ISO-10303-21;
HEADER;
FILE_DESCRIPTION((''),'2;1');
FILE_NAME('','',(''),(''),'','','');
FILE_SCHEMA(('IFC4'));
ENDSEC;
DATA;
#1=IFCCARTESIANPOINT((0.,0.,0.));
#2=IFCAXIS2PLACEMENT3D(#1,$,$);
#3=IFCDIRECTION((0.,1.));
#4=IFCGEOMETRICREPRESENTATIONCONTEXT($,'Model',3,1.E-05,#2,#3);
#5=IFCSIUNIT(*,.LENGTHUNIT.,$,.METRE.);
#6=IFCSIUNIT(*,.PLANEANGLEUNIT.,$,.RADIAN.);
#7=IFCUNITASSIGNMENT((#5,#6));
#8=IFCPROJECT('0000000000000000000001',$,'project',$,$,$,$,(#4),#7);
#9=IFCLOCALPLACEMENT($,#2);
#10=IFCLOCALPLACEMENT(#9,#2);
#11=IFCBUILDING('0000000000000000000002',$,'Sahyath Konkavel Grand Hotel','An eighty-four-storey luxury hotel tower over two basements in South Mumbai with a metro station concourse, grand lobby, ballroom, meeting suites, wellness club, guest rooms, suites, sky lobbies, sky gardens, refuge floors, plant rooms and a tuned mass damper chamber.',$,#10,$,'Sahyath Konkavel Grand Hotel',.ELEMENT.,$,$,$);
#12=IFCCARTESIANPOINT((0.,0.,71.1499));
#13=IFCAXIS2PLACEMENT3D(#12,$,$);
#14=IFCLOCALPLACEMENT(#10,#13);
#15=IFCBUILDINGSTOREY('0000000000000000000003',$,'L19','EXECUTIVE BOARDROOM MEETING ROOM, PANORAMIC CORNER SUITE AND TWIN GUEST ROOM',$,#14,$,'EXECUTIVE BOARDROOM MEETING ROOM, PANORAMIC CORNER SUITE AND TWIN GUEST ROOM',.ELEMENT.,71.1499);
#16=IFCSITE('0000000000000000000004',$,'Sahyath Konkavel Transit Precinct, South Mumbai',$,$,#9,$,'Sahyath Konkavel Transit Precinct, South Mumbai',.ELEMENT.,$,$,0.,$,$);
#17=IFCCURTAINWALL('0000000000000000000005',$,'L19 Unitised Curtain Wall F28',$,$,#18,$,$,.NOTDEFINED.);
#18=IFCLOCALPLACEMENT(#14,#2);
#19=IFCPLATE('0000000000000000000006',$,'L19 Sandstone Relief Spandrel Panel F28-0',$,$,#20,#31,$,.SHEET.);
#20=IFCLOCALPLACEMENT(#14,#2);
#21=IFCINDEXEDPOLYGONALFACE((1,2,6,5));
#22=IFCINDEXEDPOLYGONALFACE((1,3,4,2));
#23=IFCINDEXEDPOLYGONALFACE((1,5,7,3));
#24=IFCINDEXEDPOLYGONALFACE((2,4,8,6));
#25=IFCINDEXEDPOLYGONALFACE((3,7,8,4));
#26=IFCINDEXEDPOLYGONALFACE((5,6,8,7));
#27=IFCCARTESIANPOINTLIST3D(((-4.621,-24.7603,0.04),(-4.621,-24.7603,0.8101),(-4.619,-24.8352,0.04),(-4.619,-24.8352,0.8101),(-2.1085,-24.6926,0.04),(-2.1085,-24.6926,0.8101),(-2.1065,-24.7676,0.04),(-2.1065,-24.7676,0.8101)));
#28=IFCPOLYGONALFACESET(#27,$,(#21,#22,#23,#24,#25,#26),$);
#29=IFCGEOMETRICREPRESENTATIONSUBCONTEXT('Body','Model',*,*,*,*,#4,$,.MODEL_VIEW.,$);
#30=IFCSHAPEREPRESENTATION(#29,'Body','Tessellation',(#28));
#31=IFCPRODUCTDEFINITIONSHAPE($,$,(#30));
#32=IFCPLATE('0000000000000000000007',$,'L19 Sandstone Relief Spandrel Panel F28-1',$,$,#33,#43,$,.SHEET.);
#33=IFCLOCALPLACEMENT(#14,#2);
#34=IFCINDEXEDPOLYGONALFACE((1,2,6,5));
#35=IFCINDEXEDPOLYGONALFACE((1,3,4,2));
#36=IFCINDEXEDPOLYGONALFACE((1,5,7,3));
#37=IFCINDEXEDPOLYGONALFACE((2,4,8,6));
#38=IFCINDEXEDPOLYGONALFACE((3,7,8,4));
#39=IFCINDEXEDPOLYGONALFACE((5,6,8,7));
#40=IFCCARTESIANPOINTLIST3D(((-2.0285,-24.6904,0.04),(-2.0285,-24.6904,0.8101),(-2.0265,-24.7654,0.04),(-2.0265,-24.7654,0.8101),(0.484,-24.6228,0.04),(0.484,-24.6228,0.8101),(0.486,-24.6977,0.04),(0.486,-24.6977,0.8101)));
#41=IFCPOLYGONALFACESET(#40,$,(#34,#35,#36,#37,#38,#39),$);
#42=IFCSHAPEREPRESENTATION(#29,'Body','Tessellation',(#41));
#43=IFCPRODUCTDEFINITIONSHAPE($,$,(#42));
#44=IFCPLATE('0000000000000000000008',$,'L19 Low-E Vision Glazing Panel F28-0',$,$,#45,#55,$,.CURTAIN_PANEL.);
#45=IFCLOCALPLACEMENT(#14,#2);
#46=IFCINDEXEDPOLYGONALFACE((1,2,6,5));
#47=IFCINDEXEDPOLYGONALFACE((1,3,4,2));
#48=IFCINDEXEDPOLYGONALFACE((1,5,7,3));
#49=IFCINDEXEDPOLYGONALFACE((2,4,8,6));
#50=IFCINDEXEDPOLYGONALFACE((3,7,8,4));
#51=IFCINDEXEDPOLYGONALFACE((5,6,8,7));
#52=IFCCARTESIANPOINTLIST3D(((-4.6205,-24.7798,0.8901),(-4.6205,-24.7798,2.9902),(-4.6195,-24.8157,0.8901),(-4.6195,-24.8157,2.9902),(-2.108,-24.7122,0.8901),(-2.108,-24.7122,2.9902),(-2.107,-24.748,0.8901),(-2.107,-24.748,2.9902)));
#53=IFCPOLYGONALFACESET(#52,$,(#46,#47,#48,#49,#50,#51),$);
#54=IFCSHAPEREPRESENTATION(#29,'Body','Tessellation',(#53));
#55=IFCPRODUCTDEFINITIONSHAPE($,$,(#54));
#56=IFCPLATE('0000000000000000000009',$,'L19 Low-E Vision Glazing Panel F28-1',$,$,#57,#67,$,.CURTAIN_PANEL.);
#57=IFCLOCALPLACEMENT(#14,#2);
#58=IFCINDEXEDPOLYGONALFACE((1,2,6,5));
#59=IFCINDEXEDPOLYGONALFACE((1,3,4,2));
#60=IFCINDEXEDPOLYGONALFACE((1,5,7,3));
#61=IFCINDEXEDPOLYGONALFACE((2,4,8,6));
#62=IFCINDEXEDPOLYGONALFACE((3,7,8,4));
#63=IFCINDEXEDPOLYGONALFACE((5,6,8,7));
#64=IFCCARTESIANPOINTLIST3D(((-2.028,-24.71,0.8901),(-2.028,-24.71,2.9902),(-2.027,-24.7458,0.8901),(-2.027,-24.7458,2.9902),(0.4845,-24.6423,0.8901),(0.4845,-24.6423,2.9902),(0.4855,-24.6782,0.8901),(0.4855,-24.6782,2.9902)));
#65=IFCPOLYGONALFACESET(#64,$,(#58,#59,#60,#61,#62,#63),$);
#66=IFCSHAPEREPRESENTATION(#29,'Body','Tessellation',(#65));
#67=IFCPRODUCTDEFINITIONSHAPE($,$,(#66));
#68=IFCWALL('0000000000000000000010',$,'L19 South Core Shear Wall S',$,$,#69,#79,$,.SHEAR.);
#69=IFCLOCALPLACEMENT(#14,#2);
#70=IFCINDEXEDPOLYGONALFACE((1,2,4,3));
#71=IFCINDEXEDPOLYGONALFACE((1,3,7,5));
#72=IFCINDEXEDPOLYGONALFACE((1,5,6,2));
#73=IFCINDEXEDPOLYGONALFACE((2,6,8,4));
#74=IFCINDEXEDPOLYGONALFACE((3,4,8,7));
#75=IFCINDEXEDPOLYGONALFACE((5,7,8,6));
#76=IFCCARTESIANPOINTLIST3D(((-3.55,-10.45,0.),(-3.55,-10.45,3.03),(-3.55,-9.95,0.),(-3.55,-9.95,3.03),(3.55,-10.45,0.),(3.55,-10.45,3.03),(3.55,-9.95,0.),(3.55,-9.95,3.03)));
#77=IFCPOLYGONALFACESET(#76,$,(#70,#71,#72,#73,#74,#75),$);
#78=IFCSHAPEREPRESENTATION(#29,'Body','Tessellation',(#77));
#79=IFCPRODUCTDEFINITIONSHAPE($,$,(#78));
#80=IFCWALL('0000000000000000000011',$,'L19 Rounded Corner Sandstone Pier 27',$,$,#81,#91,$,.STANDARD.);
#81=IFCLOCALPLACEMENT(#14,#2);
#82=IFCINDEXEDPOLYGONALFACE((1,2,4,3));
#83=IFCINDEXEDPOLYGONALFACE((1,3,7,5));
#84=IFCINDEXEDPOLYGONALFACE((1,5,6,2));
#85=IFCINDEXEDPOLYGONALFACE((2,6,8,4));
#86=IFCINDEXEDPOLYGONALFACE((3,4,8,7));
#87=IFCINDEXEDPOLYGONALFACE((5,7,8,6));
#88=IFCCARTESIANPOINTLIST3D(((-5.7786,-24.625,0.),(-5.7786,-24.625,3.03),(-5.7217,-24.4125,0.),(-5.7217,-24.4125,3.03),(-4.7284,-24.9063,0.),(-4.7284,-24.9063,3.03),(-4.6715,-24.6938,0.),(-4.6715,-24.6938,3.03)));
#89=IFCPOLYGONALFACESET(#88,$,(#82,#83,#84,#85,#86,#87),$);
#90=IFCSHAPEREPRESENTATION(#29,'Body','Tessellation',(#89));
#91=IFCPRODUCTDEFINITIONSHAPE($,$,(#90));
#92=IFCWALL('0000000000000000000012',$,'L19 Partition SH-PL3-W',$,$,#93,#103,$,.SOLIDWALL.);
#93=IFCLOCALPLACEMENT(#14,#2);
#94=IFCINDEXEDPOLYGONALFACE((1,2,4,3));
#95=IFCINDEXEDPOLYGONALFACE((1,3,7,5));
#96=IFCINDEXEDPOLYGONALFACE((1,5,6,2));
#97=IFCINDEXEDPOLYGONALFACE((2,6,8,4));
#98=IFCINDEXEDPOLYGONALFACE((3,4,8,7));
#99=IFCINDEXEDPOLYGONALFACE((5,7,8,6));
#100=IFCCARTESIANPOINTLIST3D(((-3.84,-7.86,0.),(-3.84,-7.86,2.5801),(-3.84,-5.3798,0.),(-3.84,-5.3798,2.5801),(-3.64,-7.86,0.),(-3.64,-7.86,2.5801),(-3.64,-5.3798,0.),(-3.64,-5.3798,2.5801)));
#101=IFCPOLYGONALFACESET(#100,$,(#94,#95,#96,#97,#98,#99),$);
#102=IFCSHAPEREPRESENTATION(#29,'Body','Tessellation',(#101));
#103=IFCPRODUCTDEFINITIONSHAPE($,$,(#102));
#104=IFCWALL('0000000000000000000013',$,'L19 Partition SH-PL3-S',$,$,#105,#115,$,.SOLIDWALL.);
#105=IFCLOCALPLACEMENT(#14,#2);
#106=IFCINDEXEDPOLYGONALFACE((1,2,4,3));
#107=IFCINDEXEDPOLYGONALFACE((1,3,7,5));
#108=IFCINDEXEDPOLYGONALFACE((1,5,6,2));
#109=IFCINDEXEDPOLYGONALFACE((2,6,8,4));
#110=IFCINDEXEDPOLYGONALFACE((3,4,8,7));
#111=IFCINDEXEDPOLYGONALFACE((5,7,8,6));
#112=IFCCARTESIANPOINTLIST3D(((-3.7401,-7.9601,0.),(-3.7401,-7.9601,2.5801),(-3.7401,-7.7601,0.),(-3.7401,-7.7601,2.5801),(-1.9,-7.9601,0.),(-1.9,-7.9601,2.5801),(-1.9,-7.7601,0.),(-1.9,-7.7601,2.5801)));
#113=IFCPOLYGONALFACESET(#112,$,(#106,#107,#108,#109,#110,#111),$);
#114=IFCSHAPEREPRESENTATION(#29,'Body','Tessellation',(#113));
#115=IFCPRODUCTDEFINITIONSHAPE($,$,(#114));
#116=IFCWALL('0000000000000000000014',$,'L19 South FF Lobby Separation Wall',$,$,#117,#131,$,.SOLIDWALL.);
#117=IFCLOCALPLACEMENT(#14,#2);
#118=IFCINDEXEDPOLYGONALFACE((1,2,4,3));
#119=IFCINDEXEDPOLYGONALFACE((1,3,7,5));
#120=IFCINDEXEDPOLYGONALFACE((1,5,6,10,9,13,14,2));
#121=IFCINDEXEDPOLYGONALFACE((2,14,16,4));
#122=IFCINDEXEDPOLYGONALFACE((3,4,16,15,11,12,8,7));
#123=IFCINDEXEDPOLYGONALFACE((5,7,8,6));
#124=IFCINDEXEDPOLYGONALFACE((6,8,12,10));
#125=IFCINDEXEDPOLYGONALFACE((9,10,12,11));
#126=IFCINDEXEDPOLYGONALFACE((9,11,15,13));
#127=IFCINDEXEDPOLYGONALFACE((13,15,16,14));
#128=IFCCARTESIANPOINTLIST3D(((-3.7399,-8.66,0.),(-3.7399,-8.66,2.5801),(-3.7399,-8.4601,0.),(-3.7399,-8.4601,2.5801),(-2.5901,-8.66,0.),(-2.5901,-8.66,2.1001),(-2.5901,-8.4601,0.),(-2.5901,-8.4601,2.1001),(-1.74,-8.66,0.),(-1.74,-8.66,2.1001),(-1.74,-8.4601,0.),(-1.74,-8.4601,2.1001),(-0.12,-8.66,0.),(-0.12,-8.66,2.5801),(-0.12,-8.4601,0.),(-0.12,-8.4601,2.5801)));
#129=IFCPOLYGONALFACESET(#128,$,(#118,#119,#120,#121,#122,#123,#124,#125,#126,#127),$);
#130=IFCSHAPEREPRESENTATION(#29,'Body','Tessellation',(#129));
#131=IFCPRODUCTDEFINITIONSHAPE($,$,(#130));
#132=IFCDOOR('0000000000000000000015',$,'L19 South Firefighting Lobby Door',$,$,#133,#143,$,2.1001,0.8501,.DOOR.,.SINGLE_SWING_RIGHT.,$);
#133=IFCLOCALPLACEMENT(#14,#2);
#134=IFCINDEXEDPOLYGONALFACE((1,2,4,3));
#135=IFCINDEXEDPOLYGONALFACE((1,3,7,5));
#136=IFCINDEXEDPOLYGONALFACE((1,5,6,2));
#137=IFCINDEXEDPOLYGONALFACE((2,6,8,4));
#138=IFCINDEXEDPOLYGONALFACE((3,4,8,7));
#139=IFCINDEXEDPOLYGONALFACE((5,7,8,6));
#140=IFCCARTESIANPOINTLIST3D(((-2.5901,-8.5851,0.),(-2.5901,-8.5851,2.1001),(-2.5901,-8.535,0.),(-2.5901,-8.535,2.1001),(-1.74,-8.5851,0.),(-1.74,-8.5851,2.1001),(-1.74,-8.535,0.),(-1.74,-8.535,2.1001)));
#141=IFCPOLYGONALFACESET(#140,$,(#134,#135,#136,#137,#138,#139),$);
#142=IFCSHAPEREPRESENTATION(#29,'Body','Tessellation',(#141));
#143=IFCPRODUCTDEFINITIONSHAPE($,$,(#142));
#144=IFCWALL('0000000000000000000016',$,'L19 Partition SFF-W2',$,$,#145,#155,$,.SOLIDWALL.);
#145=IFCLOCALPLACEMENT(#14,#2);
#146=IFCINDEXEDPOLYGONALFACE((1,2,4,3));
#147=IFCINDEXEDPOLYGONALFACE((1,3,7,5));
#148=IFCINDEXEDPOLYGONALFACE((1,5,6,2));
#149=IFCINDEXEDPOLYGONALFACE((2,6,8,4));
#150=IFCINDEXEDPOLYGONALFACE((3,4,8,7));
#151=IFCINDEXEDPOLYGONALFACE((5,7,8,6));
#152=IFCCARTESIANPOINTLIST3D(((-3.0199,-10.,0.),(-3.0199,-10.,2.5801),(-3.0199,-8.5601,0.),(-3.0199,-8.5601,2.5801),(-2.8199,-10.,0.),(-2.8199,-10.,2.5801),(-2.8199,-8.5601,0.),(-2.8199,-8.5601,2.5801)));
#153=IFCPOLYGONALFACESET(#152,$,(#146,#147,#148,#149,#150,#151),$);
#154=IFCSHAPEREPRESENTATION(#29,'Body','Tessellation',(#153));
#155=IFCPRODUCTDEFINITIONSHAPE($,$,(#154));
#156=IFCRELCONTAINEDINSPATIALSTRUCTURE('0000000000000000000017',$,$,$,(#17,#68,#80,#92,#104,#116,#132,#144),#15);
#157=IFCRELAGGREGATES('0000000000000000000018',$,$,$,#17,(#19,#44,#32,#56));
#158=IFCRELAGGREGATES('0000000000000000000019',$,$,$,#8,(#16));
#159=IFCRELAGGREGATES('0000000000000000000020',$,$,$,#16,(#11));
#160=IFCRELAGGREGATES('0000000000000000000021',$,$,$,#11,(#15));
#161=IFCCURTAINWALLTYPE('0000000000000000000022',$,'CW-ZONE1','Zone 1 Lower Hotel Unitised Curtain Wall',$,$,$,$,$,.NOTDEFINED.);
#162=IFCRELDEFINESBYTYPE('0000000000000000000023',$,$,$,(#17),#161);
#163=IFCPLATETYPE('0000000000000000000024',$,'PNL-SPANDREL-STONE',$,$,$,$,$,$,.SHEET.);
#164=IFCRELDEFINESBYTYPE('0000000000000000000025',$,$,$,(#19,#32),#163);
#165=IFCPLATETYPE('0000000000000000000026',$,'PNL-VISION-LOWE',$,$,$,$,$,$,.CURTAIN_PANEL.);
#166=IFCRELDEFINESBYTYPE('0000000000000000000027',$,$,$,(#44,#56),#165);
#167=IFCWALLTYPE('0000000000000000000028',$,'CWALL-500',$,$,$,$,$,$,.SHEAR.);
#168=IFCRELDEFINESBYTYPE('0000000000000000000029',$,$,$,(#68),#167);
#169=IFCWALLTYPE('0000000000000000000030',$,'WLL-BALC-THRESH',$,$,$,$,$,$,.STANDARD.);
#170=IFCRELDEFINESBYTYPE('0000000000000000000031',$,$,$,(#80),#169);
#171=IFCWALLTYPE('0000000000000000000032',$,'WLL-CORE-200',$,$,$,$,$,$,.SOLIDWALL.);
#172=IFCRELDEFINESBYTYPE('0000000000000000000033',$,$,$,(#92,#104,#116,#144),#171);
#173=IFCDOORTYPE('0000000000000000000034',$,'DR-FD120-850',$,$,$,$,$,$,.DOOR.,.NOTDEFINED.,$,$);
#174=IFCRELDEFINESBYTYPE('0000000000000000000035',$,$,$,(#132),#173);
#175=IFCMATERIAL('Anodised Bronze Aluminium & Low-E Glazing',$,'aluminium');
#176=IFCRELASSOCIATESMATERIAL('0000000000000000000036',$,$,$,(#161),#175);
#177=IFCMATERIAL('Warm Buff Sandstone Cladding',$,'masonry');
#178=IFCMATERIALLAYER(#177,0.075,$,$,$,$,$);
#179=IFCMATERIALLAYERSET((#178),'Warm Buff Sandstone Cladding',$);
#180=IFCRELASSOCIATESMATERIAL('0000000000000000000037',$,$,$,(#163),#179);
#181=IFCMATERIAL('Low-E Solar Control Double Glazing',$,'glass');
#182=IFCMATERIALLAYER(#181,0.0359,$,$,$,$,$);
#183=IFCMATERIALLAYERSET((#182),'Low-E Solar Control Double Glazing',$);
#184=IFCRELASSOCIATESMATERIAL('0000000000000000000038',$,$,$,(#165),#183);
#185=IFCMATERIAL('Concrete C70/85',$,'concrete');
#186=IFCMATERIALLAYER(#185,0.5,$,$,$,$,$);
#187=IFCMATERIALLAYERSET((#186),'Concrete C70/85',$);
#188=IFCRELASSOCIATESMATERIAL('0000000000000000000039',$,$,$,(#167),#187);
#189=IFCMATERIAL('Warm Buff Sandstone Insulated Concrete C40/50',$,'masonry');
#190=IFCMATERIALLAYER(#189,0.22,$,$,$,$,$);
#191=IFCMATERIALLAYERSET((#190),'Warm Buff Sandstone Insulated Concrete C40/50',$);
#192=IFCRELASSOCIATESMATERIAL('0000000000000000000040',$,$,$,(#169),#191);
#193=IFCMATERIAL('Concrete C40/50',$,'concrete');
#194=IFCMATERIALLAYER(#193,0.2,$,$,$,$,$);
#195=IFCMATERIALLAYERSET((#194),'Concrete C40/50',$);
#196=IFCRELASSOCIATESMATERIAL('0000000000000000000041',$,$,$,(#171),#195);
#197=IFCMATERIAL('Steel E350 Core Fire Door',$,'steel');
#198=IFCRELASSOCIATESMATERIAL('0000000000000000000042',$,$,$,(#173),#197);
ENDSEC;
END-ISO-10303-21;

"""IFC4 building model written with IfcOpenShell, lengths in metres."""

from ifc_helpers import new_model, si_unit, direction, frame, frame_2d, origin, origin_2d, place, context, subcontext, project, spatial, rectangle, extrude, source, transform, mapped, material, layer, layer_set, type_object, element, fill, aggregate, save


model = new_model("IFC4")

# Units and contexts
model_context = context("Model", 3, precision=1e-05, world=origin(), true_north=direction((0.0, 1.0)))
body_context = subcontext(model_context, "Body", "Model", "MODEL_VIEW")
ifc_project = project(units=[si_unit("LENGTHUNIT", "METRE"), si_unit("PLANEANGLEUNIT", "RADIAN")], contexts=[model_context])

# Site, building, storey
site_placement = place(None, origin())
site = spatial("IfcSite", under=ifc_project, at=site_placement, Name="Sahyath Konkavel Transit Precinct, South Mumbai", LongName="Sahyath Konkavel Transit Precinct, South Mumbai", CompositionType="ELEMENT", RefElevation=0.0)
building_placement = place(site_placement, origin())
building = spatial("IfcBuilding", under=site, at=building_placement, Name="Sahyath Konkavel Grand Hotel", Description="An eighty-four-storey luxury hotel tower over two basements in South Mumbai with a metro station concourse, grand lobby, ballroom, meeting suites, wellness club, guest rooms, suites, sky lobbies, sky gardens, refuge floors, plant rooms and a tuned mass damper chamber.", LongName="Sahyath Konkavel Grand Hotel", CompositionType="ELEMENT")
storey_placement = place(building_placement, frame((0.0, 0.0, 71.1499)))
storey = spatial("IfcBuildingStorey", under=building, at=storey_placement, Name="L19", Description="EXECUTIVE BOARDROOM MEETING ROOM, PANORAMIC CORNER SUITE AND TWIN GUEST ROOM", LongName="EXECUTIVE BOARDROOM MEETING ROOM, PANORAMIC CORNER SUITE AND TWIN GUEST ROOM", CompositionType="ELEMENT", Elevation=71.1499)

# Shared definitions
ifc_material_1 = material(Name="Concrete C70/85", Category="concrete")

# Curtain wall, plates
ifc_material_2 = material(Name="Anodised Bronze Aluminium & Low-E Glazing", Category="aluminium")
curtain_wall_type = type_object("IfcCurtainWallType", Name="CW-ZONE1", Description="Zone 1 Lower Hotel Unitised Curtain Wall", PredefinedType="NOTDEFINED", material=ifc_material_2)
curtain_wall_placement = place(storey_placement, origin())
curtain_wall = element("IfcCurtainWall", 1, at=curtain_wall_placement, inside=storey, type_object=curtain_wall_type, Name="L19 Unitised Curtain Wall F28", PredefinedType="NOTDEFINED")
ifc_material_3 = material(Name="Warm Buff Sandstone Cladding", Category="masonry")
ifc_layer_1 = layer(ifc_material_3, 0.075)
ifc_layer_set_1 = layer_set([ifc_layer_1], Name="Warm Buff Sandstone Cladding")
plate_type_1 = type_object("IfcPlateType", Name="PNL-SPANDREL-STONE", PredefinedType="SHEET", material=ifc_layer_set_1)
shared_shape_1 = source(origin(), body_context, "Body", "SweptSolid", [
    extrude(rectangle(XDim=2.5134, YDim=0.075, at=origin_2d()), origin(), (0.0, 0.0, 1.0), 0.77),
])
plate_1_placement = place(storey_placement, frame((-3.3638, -24.7639, 0.04), z_axis=(0.0, 0.0, 1.0), x_axis=(0.999638, 0.02691, 0.0)))
plate_1 = element("IfcPlate", 2, at=plate_1_placement, type_object=plate_type_1, Name="L19 Sandstone Relief Spandrel Panel F28-0", PredefinedType="SHEET", context=body_context, shape_type="MappedRepresentation", body=[
    mapped(shared_shape_1, transform((0.0, 0.0, 0.0), scale=1.0)),
])
plate_2_placement = place(storey_placement, frame((-0.7712, -24.6941, 0.04), z_axis=(0.0, 0.0, 1.0), x_axis=(0.999638, 0.02691, 0.0)))
plate_2 = element("IfcPlate", 3, at=plate_2_placement, type_object=plate_type_1, Name="L19 Sandstone Relief Spandrel Panel F28-1", PredefinedType="SHEET", context=body_context, shape_type="MappedRepresentation", body=[
    mapped(shared_shape_1, transform((0.0, 0.0, 0.0), scale=1.0)),
])
ifc_material_4 = material(Name="Low-E Solar Control Double Glazing", Category="glass")
ifc_layer_2 = layer(ifc_material_4, 0.0359)
ifc_layer_set_2 = layer_set([ifc_layer_2], Name="Low-E Solar Control Double Glazing")
plate_type_2 = type_object("IfcPlateType", Name="PNL-VISION-LOWE", PredefinedType="CURTAIN_PANEL", material=ifc_layer_set_2)
shared_shape_2 = source(origin(), body_context, "Body", "SweptSolid", [
    extrude(rectangle(XDim=2.5134, YDim=0.0359, at=origin_2d()), origin(), (0.0, 0.0, 1.0), 2.1001),
])
plate_3_placement = place(storey_placement, frame((-3.3638, -24.7639, 0.8901), z_axis=(0.0, 0.0, 1.0), x_axis=(0.999638, 0.02691, 0.0)))
plate_3 = element("IfcPlate", 4, at=plate_3_placement, type_object=plate_type_2, Name="L19 Low-E Vision Glazing Panel F28-0", PredefinedType="CURTAIN_PANEL", context=body_context, shape_type="MappedRepresentation", body=[
    mapped(shared_shape_2, transform((0.0, 0.0, 0.0), scale=1.0)),
])
plate_4_placement = place(storey_placement, frame((-0.7712, -24.6941, 0.8901), z_axis=(0.0, 0.0, 1.0), x_axis=(0.999638, 0.02691, 0.0)))
plate_4 = element("IfcPlate", 5, at=plate_4_placement, type_object=plate_type_2, Name="L19 Low-E Vision Glazing Panel F28-1", PredefinedType="CURTAIN_PANEL", context=body_context, shape_type="MappedRepresentation", body=[
    mapped(shared_shape_2, transform((0.0, 0.0, 0.0), scale=1.0)),
])
aggregate(curtain_wall, [plate_1, plate_3, plate_2, plate_4])

# Walls
ifc_layer_3 = layer(ifc_material_1, 0.5)
ifc_layer_set_3 = layer_set([ifc_layer_3], Name="Concrete C70/85")
wall_type_1 = type_object("IfcWallType", Name="CWALL-500", PredefinedType="SHEAR", material=ifc_layer_set_3)
wall_1_placement = place(storey_placement, frame((-3.55, -10.2, 0.0), z_axis=(0.0, 0.0, 1.0), x_axis=(1.0, 0.0, 0.0)))
element("IfcWall", 6, at=wall_1_placement, inside=storey, type_object=wall_type_1, Name="L19 South Core Shear Wall S", PredefinedType="SHEAR", context=body_context, shape_type="SweptSolid", body=[
    extrude(rectangle(XDim=7.1001, YDim=0.5, at=frame_2d((3.55, 0.0))), origin(), (0.0, 0.0, 1.0), 3.03),
])
ifc_material_5 = material(Name="Warm Buff Sandstone Insulated Concrete C40/50", Category="masonry")
ifc_layer_4 = layer(ifc_material_5, 0.22)
ifc_layer_set_4 = layer_set([ifc_layer_4], Name="Warm Buff Sandstone Insulated Concrete C40/50")
wall_type_2 = type_object("IfcWallType", Name="WLL-BALC-THRESH", PredefinedType="STANDARD", material=ifc_layer_set_4)
wall_2_placement = place(storey_placement, frame((-5.75, -24.5188, 0.0), z_axis=(0.0, 0.0, 1.0), x_axis=(0.965951, -0.258725, 0.0)))
element("IfcWall", 7, at=wall_2_placement, inside=storey, type_object=wall_type_2, Name="L19 Rounded Corner Sandstone Pier 27", PredefinedType="STANDARD", context=body_context, shape_type="SweptSolid", body=[
    extrude(rectangle(XDim=1.0872, YDim=0.22, at=frame_2d((0.5435, 0.0))), origin(), (0.0, 0.0, 1.0), 3.03),
])
ifc_material_6 = material(Name="Concrete C40/50", Category="concrete")
ifc_layer_5 = layer(ifc_material_6, 0.2)
ifc_layer_set_5 = layer_set([ifc_layer_5], Name="Concrete C40/50")
wall_type_3 = type_object("IfcWallType", Name="WLL-CORE-200", PredefinedType="SOLIDWALL", material=ifc_layer_set_5)
wall_3_placement = place(storey_placement, frame((-3.74, -7.8601, 0.0), z_axis=(0.0, 0.0, 1.0), x_axis=(0.0, 1.0, 0.0)))
element("IfcWall", 8, at=wall_3_placement, inside=storey, type_object=wall_type_3, Name="L19 Partition SH-PL3-W", PredefinedType="SOLIDWALL", context=body_context, shape_type="SweptSolid", body=[
    extrude(rectangle(XDim=2.4802, YDim=0.2, at=frame_2d((1.2402, 0.0))), origin(), (0.0, 0.0, 1.0), 2.5801),
])
wall_4_placement = place(storey_placement, frame((-3.74, -7.8601, 0.0), z_axis=(0.0, 0.0, 1.0), x_axis=(1.0, 0.0, 0.0)))
element("IfcWall", 9, at=wall_4_placement, inside=storey, type_object=wall_type_3, Name="L19 Partition SH-PL3-S", PredefinedType="SOLIDWALL", context=body_context, shape_type="SweptSolid", body=[
    extrude(rectangle(XDim=1.8401, YDim=0.2, at=frame_2d((0.9199, 0.0))), origin(), (0.0, 0.0, 1.0), 2.5801),
])

# Wall, opening, door
wall_5_placement = place(storey_placement, frame((-3.74, -8.5601, 0.0), z_axis=(0.0, 0.0, 1.0), x_axis=(1.0, 0.0, 0.0)))
wall_5 = element("IfcWall", 10, at=wall_5_placement, inside=storey, type_object=wall_type_3, Name="L19 South FF Lobby Separation Wall", PredefinedType="SOLIDWALL", context=body_context, shape_type="SweptSolid", body=[
    extrude(rectangle(XDim=3.6199, YDim=0.2, at=frame_2d((1.8101, 0.0))), origin(), (0.0, 0.0, 1.0), 2.5801),
])
opening_1_placement = place(wall_5_placement, frame((1.1499, 0.0, 0.0)))
opening_1 = element("IfcOpeningElement", 11, at=opening_1_placement, cuts=wall_5, PredefinedType="OPENING", context=body_context, shape_type="SweptSolid", body=[
    extrude(rectangle(XDim=0.8501, YDim=2.1001, at=frame_2d((0.425, 1.05))), frame((0.0, 0.1099, 0.0), z_axis=(0.0, -1.0, 0.0), x_axis=(1.0, 0.0, 0.0)), (0.0, 0.0, 1.0), 0.22),
])
ifc_material_7 = material(Name="Steel E350 Core Fire Door", Category="steel")
door_type_1 = type_object("IfcDoorType", Name="DR-FD120-850", OperationType="NOTDEFINED", PredefinedType="DOOR", material=ifc_material_7)
shared_shape_3 = source(origin(), body_context, "Body", "SweptSolid", [
    extrude(rectangle(XDim=0.8501, YDim=0.05, at=origin_2d()), origin(), (0.0, 0.0, 1.0), 2.1001),
])
door_1_placement = place(opening_1_placement, frame((0.425, 0.0, 0.0)))
door_1 = element("IfcDoor", 12, at=door_1_placement, inside=storey, type_object=door_type_1, Name="L19 South Firefighting Lobby Door", OperationType="SINGLE_SWING_RIGHT", OverallHeight=2.1001, OverallWidth=0.8501, PredefinedType="DOOR", context=body_context, shape_type="MappedRepresentation", body=[
    mapped(shared_shape_3, transform((0.0, 0.0, 0.0), scale=1.0)),
])
fill(opening_1, door_1)

# Wall
wall_6_placement = place(storey_placement, frame((-2.9199, -10.0, 0.0), z_axis=(0.0, 0.0, 1.0), x_axis=(0.0, 1.0, 0.0)))
element("IfcWall", 13, at=wall_6_placement, inside=storey, type_object=wall_type_3, Name="L19 Partition SFF-W2", PredefinedType="SOLIDWALL", context=body_context, shape_type="SweptSolid", body=[
    extrude(rectangle(XDim=1.4399, YDim=0.2, at=frame_2d((0.72, 0.0))), origin(), (0.0, 0.0, 1.0), 2.5801),
])

save(model, "model.ifc")
